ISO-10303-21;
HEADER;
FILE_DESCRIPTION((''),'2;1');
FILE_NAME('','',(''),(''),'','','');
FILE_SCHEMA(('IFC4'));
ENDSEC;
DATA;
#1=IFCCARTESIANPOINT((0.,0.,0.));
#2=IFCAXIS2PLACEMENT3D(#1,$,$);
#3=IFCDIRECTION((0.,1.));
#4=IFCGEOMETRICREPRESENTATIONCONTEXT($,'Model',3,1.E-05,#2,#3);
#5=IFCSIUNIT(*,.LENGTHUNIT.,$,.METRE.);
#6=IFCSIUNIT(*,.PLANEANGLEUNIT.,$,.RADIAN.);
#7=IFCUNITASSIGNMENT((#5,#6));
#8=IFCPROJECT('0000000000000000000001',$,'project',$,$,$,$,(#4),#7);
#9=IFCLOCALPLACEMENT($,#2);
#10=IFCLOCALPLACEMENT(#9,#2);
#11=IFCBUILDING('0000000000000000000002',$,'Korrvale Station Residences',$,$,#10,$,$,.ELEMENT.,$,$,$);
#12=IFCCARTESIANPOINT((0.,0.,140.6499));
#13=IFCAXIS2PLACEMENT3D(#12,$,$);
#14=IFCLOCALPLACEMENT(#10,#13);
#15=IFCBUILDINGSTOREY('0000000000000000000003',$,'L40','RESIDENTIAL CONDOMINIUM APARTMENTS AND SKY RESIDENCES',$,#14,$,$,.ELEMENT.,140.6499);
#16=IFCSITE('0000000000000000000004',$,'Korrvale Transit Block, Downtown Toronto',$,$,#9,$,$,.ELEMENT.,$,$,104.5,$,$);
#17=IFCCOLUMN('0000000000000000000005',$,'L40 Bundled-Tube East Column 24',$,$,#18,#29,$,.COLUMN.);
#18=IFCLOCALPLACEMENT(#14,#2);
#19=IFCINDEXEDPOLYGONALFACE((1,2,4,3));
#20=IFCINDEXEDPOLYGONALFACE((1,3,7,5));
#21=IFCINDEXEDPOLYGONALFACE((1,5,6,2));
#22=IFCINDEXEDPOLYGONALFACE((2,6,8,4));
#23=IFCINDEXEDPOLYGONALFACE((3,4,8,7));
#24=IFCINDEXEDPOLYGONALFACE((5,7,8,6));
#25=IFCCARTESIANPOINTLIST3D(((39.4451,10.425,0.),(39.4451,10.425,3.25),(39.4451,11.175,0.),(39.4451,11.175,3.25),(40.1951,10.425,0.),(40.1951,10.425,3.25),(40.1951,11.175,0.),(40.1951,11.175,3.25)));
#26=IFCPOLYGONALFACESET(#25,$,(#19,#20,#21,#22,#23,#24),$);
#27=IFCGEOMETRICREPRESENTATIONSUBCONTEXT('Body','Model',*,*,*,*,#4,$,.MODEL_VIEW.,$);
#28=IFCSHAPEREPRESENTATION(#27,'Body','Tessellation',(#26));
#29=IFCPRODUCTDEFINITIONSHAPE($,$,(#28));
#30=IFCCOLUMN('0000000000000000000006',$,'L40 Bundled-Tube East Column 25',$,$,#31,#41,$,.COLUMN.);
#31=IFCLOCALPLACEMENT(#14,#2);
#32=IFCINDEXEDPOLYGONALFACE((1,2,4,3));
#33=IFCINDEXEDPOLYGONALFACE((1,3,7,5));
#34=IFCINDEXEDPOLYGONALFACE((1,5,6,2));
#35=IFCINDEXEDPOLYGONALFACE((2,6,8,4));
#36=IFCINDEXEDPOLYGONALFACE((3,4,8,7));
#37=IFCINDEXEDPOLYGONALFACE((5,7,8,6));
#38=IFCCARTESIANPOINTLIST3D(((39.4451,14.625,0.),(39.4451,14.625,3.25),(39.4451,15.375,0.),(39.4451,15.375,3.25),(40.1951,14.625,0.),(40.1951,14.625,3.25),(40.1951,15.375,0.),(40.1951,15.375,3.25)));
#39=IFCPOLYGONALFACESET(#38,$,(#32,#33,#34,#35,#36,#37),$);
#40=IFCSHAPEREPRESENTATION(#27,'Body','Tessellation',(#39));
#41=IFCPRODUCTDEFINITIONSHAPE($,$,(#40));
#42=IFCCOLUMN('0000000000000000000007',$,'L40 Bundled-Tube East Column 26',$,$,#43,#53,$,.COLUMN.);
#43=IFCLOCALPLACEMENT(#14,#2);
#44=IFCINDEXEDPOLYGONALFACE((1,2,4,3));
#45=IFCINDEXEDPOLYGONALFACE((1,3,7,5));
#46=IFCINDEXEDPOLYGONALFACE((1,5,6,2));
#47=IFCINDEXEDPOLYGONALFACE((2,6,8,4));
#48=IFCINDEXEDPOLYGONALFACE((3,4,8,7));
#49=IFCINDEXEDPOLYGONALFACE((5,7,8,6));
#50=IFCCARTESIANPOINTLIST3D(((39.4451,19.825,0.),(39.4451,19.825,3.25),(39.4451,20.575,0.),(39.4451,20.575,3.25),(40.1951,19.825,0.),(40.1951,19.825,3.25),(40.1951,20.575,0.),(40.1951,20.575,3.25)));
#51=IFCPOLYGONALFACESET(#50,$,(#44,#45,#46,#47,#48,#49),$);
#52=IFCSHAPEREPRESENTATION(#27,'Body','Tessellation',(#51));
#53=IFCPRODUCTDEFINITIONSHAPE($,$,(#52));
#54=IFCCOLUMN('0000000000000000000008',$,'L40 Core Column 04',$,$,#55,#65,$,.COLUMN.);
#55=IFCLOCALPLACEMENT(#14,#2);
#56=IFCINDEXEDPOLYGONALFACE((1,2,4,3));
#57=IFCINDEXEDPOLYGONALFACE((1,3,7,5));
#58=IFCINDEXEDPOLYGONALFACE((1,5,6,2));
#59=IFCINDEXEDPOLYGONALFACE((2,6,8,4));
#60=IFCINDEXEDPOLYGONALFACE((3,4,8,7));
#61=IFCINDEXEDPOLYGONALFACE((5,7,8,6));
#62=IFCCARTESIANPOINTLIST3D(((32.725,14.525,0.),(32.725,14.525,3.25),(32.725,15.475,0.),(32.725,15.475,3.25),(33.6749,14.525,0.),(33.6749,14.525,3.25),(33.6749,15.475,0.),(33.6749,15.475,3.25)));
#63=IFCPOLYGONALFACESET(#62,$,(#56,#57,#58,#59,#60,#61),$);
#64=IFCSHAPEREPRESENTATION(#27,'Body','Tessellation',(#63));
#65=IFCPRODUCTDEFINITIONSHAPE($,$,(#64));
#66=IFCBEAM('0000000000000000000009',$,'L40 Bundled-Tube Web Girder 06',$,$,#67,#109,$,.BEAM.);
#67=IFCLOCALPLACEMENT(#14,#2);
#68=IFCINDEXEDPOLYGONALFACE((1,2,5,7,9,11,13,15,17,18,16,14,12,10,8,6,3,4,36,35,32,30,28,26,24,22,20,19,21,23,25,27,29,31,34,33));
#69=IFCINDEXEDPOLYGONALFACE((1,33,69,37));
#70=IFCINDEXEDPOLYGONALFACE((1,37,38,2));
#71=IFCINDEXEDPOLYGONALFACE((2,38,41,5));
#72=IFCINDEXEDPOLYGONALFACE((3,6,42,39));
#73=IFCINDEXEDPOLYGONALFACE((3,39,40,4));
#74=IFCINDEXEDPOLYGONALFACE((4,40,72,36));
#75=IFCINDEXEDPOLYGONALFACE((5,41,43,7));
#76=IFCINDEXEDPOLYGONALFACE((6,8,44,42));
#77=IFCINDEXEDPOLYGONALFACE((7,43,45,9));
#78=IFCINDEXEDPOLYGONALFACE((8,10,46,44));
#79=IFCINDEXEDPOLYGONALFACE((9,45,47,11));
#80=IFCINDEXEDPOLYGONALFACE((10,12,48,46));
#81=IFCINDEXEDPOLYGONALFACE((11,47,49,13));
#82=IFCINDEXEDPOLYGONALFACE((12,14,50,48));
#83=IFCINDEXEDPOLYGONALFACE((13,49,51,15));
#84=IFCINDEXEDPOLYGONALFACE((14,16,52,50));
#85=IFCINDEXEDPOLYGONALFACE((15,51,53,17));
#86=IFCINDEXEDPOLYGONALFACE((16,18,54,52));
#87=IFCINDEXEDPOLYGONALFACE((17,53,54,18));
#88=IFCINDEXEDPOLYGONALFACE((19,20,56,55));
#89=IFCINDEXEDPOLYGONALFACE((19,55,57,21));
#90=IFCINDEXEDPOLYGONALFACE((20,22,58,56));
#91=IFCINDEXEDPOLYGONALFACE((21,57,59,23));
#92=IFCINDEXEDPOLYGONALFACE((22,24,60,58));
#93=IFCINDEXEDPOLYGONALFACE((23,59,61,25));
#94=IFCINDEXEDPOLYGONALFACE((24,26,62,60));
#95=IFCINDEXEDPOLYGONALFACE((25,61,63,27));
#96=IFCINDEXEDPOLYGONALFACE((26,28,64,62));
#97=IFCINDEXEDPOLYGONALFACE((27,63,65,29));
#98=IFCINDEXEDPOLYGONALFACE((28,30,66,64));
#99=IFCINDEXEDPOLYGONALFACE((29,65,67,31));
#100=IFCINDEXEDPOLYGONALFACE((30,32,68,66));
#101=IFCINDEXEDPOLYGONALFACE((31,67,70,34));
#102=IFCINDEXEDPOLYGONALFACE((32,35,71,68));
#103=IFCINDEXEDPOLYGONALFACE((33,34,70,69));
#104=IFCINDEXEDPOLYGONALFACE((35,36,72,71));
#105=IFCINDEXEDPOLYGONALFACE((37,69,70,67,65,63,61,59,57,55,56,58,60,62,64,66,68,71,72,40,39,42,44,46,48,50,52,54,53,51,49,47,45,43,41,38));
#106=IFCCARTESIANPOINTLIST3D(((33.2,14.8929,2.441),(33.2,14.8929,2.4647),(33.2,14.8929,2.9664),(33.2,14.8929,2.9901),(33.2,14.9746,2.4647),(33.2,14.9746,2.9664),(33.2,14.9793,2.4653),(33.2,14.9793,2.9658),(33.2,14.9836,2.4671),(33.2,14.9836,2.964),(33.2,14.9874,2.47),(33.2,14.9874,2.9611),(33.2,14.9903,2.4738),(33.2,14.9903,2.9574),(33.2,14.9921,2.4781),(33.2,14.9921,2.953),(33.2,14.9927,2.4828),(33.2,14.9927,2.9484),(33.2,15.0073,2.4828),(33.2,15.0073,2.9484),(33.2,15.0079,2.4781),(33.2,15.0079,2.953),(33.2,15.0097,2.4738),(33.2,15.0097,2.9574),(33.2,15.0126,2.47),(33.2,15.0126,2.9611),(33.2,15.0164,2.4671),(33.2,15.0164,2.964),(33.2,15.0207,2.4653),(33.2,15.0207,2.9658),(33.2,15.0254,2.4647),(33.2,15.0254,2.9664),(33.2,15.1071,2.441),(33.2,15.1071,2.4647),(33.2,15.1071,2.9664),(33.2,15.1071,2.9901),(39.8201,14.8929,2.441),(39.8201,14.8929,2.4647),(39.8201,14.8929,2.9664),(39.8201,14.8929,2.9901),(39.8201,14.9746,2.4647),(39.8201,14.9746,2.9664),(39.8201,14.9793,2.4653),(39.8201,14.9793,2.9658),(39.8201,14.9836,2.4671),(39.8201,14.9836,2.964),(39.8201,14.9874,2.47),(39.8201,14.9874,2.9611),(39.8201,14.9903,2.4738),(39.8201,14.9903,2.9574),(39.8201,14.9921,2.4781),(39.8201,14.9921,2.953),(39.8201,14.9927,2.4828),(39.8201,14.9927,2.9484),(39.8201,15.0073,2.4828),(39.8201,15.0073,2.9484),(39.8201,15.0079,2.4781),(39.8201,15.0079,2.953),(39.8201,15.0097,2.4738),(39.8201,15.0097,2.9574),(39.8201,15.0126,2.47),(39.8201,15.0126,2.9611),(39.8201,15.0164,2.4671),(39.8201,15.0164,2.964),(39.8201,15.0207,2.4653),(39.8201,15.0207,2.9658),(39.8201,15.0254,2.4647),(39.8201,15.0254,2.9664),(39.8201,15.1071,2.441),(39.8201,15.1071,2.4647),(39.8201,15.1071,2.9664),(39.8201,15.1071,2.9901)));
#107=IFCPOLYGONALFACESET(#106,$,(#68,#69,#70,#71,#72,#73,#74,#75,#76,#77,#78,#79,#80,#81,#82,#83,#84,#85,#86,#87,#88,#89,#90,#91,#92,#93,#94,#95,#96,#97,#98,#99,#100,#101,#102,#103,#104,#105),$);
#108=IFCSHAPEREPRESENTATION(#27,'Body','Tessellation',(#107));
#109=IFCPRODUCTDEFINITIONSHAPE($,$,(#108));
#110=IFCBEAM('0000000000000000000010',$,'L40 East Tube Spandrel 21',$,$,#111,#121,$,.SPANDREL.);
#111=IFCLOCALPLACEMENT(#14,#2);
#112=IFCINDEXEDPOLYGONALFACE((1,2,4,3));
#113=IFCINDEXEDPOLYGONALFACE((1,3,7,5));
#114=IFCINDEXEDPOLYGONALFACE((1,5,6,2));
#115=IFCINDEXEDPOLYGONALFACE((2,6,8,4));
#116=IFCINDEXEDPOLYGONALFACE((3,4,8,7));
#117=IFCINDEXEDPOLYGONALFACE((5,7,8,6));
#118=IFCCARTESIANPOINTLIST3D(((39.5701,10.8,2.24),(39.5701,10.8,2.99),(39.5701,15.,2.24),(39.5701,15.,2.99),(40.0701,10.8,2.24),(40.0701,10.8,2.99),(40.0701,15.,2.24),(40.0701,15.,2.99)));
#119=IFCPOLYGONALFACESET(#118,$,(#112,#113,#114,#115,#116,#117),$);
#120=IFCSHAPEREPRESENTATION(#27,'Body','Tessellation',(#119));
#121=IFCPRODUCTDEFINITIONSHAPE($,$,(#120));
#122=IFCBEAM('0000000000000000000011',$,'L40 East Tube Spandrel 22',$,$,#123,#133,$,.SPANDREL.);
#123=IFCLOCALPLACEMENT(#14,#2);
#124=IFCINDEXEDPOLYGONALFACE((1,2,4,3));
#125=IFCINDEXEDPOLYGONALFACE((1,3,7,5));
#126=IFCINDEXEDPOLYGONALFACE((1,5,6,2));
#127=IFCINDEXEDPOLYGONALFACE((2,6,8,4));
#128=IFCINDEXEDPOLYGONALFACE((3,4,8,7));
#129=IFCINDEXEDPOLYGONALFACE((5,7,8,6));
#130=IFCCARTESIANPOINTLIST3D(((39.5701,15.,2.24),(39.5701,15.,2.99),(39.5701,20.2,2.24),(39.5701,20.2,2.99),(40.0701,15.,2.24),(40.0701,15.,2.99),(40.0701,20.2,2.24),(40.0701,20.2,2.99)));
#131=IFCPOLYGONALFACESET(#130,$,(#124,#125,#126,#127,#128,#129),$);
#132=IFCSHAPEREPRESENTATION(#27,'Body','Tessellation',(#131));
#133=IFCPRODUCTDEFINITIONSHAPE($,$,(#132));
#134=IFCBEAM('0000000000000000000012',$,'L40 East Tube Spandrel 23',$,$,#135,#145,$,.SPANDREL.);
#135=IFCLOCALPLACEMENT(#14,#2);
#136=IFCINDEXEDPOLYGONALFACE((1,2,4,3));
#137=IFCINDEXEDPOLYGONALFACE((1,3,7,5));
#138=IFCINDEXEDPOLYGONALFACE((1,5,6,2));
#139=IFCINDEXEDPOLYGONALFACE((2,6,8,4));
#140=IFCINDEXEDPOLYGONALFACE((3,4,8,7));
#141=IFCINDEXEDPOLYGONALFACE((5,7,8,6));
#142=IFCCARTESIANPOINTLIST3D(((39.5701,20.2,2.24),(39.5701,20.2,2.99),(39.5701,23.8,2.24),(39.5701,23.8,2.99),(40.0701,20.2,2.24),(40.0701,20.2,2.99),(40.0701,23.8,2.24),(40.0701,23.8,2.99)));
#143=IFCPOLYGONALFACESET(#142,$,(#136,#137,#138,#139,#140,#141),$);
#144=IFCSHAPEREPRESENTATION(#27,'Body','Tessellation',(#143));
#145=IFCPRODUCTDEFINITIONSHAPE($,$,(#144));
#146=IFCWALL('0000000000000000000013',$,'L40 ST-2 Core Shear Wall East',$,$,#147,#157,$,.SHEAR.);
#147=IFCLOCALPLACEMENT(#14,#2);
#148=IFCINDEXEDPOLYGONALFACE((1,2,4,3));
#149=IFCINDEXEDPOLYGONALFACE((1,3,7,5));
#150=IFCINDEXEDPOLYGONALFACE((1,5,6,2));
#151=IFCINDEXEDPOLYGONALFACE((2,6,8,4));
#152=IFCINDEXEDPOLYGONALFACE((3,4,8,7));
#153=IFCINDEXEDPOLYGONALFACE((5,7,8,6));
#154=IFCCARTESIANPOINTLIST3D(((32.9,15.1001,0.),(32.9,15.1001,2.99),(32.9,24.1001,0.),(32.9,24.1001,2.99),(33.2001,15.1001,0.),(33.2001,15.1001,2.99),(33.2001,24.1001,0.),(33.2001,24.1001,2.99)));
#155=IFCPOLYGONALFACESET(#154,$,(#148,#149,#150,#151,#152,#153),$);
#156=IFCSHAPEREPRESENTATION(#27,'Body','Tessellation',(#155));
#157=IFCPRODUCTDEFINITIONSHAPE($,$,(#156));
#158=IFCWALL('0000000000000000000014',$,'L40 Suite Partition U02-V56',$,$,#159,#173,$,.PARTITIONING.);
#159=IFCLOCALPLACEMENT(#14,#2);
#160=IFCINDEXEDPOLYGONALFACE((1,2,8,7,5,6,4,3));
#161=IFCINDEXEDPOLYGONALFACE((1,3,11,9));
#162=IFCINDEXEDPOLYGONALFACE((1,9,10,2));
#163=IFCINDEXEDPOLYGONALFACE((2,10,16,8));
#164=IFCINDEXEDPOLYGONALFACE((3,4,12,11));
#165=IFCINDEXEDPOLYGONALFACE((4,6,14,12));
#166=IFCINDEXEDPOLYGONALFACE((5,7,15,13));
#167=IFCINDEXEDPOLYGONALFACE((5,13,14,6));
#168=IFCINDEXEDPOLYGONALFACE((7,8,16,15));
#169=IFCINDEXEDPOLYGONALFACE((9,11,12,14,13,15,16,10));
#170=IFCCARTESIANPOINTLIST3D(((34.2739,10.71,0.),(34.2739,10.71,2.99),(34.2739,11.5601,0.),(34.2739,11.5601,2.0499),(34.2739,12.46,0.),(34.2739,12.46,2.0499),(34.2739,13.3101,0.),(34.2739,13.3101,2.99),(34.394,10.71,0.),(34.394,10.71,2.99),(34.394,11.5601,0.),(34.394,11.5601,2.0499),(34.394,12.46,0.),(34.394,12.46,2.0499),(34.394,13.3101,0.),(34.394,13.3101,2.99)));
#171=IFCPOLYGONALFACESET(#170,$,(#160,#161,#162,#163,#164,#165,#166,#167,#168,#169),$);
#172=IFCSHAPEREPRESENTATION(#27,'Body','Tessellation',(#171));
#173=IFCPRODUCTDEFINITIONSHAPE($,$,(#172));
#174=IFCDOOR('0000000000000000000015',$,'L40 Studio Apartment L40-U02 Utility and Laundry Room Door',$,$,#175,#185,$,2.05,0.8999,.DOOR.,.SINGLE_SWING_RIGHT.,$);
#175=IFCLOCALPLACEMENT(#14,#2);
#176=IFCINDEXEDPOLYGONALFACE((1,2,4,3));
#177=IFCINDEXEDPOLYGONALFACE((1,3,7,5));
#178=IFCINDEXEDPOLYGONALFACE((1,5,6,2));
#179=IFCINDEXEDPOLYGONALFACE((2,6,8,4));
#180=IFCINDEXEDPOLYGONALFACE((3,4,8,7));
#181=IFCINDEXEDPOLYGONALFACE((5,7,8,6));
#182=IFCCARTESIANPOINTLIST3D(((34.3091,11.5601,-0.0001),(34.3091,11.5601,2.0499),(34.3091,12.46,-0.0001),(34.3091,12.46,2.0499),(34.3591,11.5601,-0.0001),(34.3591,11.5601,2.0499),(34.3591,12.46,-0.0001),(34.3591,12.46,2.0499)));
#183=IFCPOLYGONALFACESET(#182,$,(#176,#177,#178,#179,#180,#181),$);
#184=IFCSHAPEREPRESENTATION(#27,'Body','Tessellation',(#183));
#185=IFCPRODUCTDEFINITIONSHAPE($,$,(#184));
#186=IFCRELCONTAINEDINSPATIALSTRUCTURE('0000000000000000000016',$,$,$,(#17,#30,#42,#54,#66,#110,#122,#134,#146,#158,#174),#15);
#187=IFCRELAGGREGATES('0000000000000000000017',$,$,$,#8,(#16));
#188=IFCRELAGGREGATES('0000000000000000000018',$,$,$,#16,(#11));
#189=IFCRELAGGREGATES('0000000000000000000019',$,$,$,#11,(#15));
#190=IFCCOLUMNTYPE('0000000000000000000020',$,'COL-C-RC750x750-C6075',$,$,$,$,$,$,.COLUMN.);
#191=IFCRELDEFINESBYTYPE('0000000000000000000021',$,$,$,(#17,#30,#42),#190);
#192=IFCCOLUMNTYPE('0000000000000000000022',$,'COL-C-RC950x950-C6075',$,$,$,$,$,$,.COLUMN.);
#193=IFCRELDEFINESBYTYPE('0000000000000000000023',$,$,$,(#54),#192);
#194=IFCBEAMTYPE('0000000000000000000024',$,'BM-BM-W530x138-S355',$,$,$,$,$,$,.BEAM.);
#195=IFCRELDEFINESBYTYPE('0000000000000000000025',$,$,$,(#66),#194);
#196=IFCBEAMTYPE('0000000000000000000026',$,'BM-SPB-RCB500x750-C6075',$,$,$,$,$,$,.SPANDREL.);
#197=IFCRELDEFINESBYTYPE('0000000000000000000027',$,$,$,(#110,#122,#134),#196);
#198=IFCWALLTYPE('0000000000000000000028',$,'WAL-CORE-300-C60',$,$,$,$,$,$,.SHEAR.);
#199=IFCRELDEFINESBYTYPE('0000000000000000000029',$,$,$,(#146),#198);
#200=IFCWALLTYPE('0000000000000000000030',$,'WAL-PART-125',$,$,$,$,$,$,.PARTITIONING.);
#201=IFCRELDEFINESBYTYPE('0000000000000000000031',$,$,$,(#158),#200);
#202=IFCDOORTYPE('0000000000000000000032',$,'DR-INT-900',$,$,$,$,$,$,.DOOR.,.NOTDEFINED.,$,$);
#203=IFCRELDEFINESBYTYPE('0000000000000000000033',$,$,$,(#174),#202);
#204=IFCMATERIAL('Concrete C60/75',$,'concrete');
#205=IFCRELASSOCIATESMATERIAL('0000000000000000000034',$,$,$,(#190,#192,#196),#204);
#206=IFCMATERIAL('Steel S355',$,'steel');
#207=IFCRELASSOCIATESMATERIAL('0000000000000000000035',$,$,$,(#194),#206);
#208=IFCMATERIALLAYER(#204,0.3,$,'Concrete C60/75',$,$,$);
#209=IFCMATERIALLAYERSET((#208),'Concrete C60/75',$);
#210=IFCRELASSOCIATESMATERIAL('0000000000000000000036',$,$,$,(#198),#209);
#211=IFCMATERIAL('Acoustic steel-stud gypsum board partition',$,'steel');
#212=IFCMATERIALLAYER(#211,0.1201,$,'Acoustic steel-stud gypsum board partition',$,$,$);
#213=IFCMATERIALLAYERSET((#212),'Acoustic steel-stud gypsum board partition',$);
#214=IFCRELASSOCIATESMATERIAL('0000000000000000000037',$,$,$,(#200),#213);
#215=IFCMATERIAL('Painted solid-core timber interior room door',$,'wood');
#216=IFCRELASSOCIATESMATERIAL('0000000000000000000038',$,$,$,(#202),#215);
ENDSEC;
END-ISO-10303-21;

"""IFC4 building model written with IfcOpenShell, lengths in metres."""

from ifc_helpers import new_model, si_unit, direction, frame, frame_2d, origin, origin_2d, place, context, subcontext, project, spatial, rectangle, i_section, extrude, material, layer, layer_set, material_profile, profile_set, type_object, element, fill, save


model = new_model("IFC4")

# Units and contexts
model_context = context("Model", 3, precision=1e-05, world=origin(), true_north=direction((0.0, 1.0)))
body_context = subcontext(model_context, "Body", "Model", "MODEL_VIEW")
ifc_project = project(units=[si_unit("LENGTHUNIT", "METRE"), si_unit("PLANEANGLEUNIT", "RADIAN")], contexts=[model_context])

# Site, building, storey
site_placement = place(None, origin())
site = spatial("IfcSite", under=ifc_project, at=site_placement, Name="Korrvale Transit Block, Downtown Toronto", CompositionType="ELEMENT", RefElevation=104.5)
building_placement = place(site_placement, origin())
building = spatial("IfcBuilding", under=site, at=building_placement, Name="Korrvale Station Residences", CompositionType="ELEMENT")
storey_placement = place(building_placement, frame((0.0, 0.0, 140.6499)))
storey = spatial("IfcBuildingStorey", under=building, at=storey_placement, Name="L40", Description="RESIDENTIAL CONDOMINIUM APARTMENTS AND SKY RESIDENCES", CompositionType="ELEMENT", Elevation=140.6499)

# Columns
ifc_material_1 = material(Name="Concrete C60/75", Category="concrete")
ifc_material_profile_1 = material_profile(ifc_material_1, rectangle(XDim=0.75, YDim=0.75, at=origin_2d()), Name="RC750x750")
ifc_profile_set_1 = profile_set([ifc_material_profile_1], Name="Concrete C60/75")
column_type_1 = type_object("IfcColumnType", Name="COL-C-RC750x750-C6075", PredefinedType="COLUMN", material=ifc_profile_set_1)
for number, where, z_axis, x_axis, name in (
    (1, (39.8201, 10.8, 0.0), (0.0, 0.0, 1.0), (1.0, 0.0, 0.0), "L40 Bundled-Tube East Column 24"),
    (2, (39.8201, 15.0, 0.0), (0.0, 0.0, 1.0), (1.0, 0.0, 0.0), "L40 Bundled-Tube East Column 25"),
    (3, (39.8201, 20.2, 0.0), (0.0, 0.0, 1.0), (1.0, 0.0, 0.0), "L40 Bundled-Tube East Column 26"),
):
    element("IfcColumn", number, at=place(storey_placement, frame(where, z_axis=z_axis, x_axis=x_axis)), inside=storey, type_object=column_type_1, Name=name, PredefinedType="COLUMN", context=body_context, shape_type="SweptSolid", body=[
        extrude(rectangle(XDim=0.75, YDim=0.75, at=origin_2d()), origin(), (0.0, 0.0, 1.0), 3.25),
    ])
ifc_material_profile_2 = material_profile(ifc_material_1, rectangle(XDim=0.95, YDim=0.95, at=origin_2d()), Name="RC950x950")
ifc_profile_set_2 = profile_set([ifc_material_profile_2], Name="Concrete C60/75")
column_type_2 = type_object("IfcColumnType", Name="COL-C-RC950x950-C6075", PredefinedType="COLUMN", material=ifc_profile_set_2)
column_placement = place(storey_placement, frame((33.2, 15.0, 0.0), z_axis=(0.0, 0.0, 1.0), x_axis=(1.0, 0.0, 0.0)))
element("IfcColumn", 4, at=column_placement, inside=storey, type_object=column_type_2, Name="L40 Core Column 04", PredefinedType="COLUMN", context=body_context, shape_type="SweptSolid", body=[
    extrude(rectangle(XDim=0.95, YDim=0.95, at=origin_2d()), origin(), (0.0, 0.0, 1.0), 3.25),
])

# Beams
ifc_material_2 = material(Name="Steel S355", Category="steel")
ifc_material_profile_3 = material_profile(ifc_material_2, i_section(OverallWidth=0.2141, OverallDepth=0.5491, WebThickness=0.0146, FlangeThickness=0.0237, FilletRadius=0.0181, at=origin_2d()), Name="W530x138")
ifc_profile_set_3 = profile_set([ifc_material_profile_3], Name="Steel S355")
beam_type_1 = type_object("IfcBeamType", Name="BM-BM-W530x138-S355", PredefinedType="BEAM", material=ifc_profile_set_3)
beam_1_placement = place(storey_placement, frame((33.2, 15.0, 2.7156), z_axis=(1.0, 0.0, 0.0), x_axis=(0.0, 1.0, 0.0)))
element("IfcBeam", 5, at=beam_1_placement, inside=storey, type_object=beam_type_1, Name="L40 Bundled-Tube Web Girder 06", PredefinedType="BEAM", context=body_context, shape_type="SweptSolid", body=[
    extrude(i_section(OverallWidth=0.2141, OverallDepth=0.5491, WebThickness=0.0146, FlangeThickness=0.0237, FilletRadius=0.0181, at=origin_2d()), origin(), (0.0, 0.0, 1.0), 6.6201),
])
ifc_material_profile_4 = material_profile(ifc_material_1, rectangle(XDim=0.5, YDim=0.75, at=origin_2d()), Name="RCB500x750")
ifc_profile_set_4 = profile_set([ifc_material_profile_4], Name="Concrete C60/75")
beam_type_2 = type_object("IfcBeamType", Name="BM-SPB-RCB500x750-C6075", PredefinedType="SPANDREL", material=ifc_profile_set_4)
beam_2_placement = place(storey_placement, frame((39.8201, 10.8, 2.615), z_axis=(0.0, 1.0, 0.0), x_axis=(-1.0, 0.0, 0.0)))
element("IfcBeam", 6, at=beam_2_placement, inside=storey, type_object=beam_type_2, Name="L40 East Tube Spandrel 21", PredefinedType="SPANDREL", context=body_context, shape_type="SweptSolid", body=[
    extrude(rectangle(XDim=0.5, YDim=0.75, at=origin_2d()), origin(), (0.0, 0.0, 1.0), 4.2),
])
beam_3_placement = place(storey_placement, frame((39.8201, 15.0, 2.615), z_axis=(0.0, 1.0, 0.0), x_axis=(-1.0, 0.0, 0.0)))
element("IfcBeam", 7, at=beam_3_placement, inside=storey, type_object=beam_type_2, Name="L40 East Tube Spandrel 22", PredefinedType="SPANDREL", context=body_context, shape_type="SweptSolid", body=[
    extrude(rectangle(XDim=0.5, YDim=0.75, at=origin_2d()), origin(), (0.0, 0.0, 1.0), 5.2),
])
beam_4_placement = place(storey_placement, frame((39.8201, 20.2, 2.615), z_axis=(0.0, 1.0, 0.0), x_axis=(-1.0, 0.0, 0.0)))
element("IfcBeam", 8, at=beam_4_placement, inside=storey, type_object=beam_type_2, Name="L40 East Tube Spandrel 23", PredefinedType="SPANDREL", context=body_context, shape_type="SweptSolid", body=[
    extrude(rectangle(XDim=0.5, YDim=0.75, at=origin_2d()), origin(), (0.0, 0.0, 1.0), 3.6001),
])

# Wall
ifc_layer_1 = layer(ifc_material_1, 0.3, Name="Concrete C60/75")
ifc_layer_set_1 = layer_set([ifc_layer_1], Name="Concrete C60/75")
wall_type_1 = type_object("IfcWallType", Name="WAL-CORE-300-C60", PredefinedType="SHEAR", material=ifc_layer_set_1)
wall_1_placement = place(storey_placement, frame((33.05, 15.1001, 0.0), z_axis=(0.0, 0.0, 1.0), x_axis=(0.0, 1.0, 0.0)))
element("IfcWall", 9, at=wall_1_placement, inside=storey, type_object=wall_type_1, Name="L40 ST-2 Core Shear Wall East", PredefinedType="SHEAR", context=body_context, shape_type="SweptSolid", body=[
    extrude(rectangle(XDim=9.0, YDim=0.3, at=frame_2d((4.5, 0.0))), origin(), (0.0, 0.0, 1.0), 2.99),
])

# Wall, opening, door
ifc_material_3 = material(Name="Acoustic steel-stud gypsum board partition", Category="steel")
ifc_layer_2 = layer(ifc_material_3, 0.1201, Name="Acoustic steel-stud gypsum board partition")
ifc_layer_set_2 = layer_set([ifc_layer_2], Name="Acoustic steel-stud gypsum board partition")
wall_type_2 = type_object("IfcWallType", Name="WAL-PART-125", PredefinedType="PARTITIONING", material=ifc_layer_set_2)
wall_2_placement = place(storey_placement, frame((34.334, 10.71, 0.0), z_axis=(0.0, 0.0, 1.0), x_axis=(0.0, 1.0, 0.0)))
wall_2 = element("IfcWall", 10, at=wall_2_placement, inside=storey, type_object=wall_type_2, Name="L40 Suite Partition U02-V56", PredefinedType="PARTITIONING", context=body_context, shape_type="SweptSolid", body=[
    extrude(rectangle(XDim=2.6001, YDim=0.1201, at=frame_2d((1.3, 0.0))), origin(), (0.0, 0.0, 1.0), 2.99),
])
opening_1_placement = place(wall_2_placement, frame((0.8501, 0.0, 0.0)))
opening_1 = element("IfcOpeningElement", 11, at=opening_1_placement, cuts=wall_2, PredefinedType="OPENING", context=body_context, shape_type="SweptSolid", body=[
    extrude(rectangle(XDim=0.8999, YDim=2.05, at=frame_2d((0.45, 1.0249))), frame((0.0, 0.0701, 0.0), z_axis=(0.0, -1.0, 0.0), x_axis=(1.0, 0.0, 0.0)), (0.0, 0.0, 1.0), 0.1401),
])
ifc_material_4 = material(Name="Painted solid-core timber interior room door", Category="wood")
door_type_1 = type_object("IfcDoorType", Name="DR-INT-900", OperationType="NOTDEFINED", PredefinedType="DOOR", material=ifc_material_4)
door_1_placement = place(opening_1_placement, origin())
door_1 = element("IfcDoor", 12, at=door_1_placement, inside=storey, type_object=door_type_1, Name="L40 Studio Apartment L40-U02 Utility and Laundry Room Door", OperationType="SINGLE_SWING_RIGHT", OverallHeight=2.05, OverallWidth=0.8999, PredefinedType="DOOR", context=body_context, shape_type="SweptSolid", body=[
    extrude(rectangle(XDim=0.8999, YDim=2.05, at=frame_2d((0.45, 1.0249))), frame((0.0, 0.0249, 0.0), z_axis=(0.0, -1.0, 0.0), x_axis=(1.0, 0.0, 0.0)), (0.0, 0.0, 1.0), 0.05),
])
fill(opening_1, door_1)

save(model, "model.ifc")
